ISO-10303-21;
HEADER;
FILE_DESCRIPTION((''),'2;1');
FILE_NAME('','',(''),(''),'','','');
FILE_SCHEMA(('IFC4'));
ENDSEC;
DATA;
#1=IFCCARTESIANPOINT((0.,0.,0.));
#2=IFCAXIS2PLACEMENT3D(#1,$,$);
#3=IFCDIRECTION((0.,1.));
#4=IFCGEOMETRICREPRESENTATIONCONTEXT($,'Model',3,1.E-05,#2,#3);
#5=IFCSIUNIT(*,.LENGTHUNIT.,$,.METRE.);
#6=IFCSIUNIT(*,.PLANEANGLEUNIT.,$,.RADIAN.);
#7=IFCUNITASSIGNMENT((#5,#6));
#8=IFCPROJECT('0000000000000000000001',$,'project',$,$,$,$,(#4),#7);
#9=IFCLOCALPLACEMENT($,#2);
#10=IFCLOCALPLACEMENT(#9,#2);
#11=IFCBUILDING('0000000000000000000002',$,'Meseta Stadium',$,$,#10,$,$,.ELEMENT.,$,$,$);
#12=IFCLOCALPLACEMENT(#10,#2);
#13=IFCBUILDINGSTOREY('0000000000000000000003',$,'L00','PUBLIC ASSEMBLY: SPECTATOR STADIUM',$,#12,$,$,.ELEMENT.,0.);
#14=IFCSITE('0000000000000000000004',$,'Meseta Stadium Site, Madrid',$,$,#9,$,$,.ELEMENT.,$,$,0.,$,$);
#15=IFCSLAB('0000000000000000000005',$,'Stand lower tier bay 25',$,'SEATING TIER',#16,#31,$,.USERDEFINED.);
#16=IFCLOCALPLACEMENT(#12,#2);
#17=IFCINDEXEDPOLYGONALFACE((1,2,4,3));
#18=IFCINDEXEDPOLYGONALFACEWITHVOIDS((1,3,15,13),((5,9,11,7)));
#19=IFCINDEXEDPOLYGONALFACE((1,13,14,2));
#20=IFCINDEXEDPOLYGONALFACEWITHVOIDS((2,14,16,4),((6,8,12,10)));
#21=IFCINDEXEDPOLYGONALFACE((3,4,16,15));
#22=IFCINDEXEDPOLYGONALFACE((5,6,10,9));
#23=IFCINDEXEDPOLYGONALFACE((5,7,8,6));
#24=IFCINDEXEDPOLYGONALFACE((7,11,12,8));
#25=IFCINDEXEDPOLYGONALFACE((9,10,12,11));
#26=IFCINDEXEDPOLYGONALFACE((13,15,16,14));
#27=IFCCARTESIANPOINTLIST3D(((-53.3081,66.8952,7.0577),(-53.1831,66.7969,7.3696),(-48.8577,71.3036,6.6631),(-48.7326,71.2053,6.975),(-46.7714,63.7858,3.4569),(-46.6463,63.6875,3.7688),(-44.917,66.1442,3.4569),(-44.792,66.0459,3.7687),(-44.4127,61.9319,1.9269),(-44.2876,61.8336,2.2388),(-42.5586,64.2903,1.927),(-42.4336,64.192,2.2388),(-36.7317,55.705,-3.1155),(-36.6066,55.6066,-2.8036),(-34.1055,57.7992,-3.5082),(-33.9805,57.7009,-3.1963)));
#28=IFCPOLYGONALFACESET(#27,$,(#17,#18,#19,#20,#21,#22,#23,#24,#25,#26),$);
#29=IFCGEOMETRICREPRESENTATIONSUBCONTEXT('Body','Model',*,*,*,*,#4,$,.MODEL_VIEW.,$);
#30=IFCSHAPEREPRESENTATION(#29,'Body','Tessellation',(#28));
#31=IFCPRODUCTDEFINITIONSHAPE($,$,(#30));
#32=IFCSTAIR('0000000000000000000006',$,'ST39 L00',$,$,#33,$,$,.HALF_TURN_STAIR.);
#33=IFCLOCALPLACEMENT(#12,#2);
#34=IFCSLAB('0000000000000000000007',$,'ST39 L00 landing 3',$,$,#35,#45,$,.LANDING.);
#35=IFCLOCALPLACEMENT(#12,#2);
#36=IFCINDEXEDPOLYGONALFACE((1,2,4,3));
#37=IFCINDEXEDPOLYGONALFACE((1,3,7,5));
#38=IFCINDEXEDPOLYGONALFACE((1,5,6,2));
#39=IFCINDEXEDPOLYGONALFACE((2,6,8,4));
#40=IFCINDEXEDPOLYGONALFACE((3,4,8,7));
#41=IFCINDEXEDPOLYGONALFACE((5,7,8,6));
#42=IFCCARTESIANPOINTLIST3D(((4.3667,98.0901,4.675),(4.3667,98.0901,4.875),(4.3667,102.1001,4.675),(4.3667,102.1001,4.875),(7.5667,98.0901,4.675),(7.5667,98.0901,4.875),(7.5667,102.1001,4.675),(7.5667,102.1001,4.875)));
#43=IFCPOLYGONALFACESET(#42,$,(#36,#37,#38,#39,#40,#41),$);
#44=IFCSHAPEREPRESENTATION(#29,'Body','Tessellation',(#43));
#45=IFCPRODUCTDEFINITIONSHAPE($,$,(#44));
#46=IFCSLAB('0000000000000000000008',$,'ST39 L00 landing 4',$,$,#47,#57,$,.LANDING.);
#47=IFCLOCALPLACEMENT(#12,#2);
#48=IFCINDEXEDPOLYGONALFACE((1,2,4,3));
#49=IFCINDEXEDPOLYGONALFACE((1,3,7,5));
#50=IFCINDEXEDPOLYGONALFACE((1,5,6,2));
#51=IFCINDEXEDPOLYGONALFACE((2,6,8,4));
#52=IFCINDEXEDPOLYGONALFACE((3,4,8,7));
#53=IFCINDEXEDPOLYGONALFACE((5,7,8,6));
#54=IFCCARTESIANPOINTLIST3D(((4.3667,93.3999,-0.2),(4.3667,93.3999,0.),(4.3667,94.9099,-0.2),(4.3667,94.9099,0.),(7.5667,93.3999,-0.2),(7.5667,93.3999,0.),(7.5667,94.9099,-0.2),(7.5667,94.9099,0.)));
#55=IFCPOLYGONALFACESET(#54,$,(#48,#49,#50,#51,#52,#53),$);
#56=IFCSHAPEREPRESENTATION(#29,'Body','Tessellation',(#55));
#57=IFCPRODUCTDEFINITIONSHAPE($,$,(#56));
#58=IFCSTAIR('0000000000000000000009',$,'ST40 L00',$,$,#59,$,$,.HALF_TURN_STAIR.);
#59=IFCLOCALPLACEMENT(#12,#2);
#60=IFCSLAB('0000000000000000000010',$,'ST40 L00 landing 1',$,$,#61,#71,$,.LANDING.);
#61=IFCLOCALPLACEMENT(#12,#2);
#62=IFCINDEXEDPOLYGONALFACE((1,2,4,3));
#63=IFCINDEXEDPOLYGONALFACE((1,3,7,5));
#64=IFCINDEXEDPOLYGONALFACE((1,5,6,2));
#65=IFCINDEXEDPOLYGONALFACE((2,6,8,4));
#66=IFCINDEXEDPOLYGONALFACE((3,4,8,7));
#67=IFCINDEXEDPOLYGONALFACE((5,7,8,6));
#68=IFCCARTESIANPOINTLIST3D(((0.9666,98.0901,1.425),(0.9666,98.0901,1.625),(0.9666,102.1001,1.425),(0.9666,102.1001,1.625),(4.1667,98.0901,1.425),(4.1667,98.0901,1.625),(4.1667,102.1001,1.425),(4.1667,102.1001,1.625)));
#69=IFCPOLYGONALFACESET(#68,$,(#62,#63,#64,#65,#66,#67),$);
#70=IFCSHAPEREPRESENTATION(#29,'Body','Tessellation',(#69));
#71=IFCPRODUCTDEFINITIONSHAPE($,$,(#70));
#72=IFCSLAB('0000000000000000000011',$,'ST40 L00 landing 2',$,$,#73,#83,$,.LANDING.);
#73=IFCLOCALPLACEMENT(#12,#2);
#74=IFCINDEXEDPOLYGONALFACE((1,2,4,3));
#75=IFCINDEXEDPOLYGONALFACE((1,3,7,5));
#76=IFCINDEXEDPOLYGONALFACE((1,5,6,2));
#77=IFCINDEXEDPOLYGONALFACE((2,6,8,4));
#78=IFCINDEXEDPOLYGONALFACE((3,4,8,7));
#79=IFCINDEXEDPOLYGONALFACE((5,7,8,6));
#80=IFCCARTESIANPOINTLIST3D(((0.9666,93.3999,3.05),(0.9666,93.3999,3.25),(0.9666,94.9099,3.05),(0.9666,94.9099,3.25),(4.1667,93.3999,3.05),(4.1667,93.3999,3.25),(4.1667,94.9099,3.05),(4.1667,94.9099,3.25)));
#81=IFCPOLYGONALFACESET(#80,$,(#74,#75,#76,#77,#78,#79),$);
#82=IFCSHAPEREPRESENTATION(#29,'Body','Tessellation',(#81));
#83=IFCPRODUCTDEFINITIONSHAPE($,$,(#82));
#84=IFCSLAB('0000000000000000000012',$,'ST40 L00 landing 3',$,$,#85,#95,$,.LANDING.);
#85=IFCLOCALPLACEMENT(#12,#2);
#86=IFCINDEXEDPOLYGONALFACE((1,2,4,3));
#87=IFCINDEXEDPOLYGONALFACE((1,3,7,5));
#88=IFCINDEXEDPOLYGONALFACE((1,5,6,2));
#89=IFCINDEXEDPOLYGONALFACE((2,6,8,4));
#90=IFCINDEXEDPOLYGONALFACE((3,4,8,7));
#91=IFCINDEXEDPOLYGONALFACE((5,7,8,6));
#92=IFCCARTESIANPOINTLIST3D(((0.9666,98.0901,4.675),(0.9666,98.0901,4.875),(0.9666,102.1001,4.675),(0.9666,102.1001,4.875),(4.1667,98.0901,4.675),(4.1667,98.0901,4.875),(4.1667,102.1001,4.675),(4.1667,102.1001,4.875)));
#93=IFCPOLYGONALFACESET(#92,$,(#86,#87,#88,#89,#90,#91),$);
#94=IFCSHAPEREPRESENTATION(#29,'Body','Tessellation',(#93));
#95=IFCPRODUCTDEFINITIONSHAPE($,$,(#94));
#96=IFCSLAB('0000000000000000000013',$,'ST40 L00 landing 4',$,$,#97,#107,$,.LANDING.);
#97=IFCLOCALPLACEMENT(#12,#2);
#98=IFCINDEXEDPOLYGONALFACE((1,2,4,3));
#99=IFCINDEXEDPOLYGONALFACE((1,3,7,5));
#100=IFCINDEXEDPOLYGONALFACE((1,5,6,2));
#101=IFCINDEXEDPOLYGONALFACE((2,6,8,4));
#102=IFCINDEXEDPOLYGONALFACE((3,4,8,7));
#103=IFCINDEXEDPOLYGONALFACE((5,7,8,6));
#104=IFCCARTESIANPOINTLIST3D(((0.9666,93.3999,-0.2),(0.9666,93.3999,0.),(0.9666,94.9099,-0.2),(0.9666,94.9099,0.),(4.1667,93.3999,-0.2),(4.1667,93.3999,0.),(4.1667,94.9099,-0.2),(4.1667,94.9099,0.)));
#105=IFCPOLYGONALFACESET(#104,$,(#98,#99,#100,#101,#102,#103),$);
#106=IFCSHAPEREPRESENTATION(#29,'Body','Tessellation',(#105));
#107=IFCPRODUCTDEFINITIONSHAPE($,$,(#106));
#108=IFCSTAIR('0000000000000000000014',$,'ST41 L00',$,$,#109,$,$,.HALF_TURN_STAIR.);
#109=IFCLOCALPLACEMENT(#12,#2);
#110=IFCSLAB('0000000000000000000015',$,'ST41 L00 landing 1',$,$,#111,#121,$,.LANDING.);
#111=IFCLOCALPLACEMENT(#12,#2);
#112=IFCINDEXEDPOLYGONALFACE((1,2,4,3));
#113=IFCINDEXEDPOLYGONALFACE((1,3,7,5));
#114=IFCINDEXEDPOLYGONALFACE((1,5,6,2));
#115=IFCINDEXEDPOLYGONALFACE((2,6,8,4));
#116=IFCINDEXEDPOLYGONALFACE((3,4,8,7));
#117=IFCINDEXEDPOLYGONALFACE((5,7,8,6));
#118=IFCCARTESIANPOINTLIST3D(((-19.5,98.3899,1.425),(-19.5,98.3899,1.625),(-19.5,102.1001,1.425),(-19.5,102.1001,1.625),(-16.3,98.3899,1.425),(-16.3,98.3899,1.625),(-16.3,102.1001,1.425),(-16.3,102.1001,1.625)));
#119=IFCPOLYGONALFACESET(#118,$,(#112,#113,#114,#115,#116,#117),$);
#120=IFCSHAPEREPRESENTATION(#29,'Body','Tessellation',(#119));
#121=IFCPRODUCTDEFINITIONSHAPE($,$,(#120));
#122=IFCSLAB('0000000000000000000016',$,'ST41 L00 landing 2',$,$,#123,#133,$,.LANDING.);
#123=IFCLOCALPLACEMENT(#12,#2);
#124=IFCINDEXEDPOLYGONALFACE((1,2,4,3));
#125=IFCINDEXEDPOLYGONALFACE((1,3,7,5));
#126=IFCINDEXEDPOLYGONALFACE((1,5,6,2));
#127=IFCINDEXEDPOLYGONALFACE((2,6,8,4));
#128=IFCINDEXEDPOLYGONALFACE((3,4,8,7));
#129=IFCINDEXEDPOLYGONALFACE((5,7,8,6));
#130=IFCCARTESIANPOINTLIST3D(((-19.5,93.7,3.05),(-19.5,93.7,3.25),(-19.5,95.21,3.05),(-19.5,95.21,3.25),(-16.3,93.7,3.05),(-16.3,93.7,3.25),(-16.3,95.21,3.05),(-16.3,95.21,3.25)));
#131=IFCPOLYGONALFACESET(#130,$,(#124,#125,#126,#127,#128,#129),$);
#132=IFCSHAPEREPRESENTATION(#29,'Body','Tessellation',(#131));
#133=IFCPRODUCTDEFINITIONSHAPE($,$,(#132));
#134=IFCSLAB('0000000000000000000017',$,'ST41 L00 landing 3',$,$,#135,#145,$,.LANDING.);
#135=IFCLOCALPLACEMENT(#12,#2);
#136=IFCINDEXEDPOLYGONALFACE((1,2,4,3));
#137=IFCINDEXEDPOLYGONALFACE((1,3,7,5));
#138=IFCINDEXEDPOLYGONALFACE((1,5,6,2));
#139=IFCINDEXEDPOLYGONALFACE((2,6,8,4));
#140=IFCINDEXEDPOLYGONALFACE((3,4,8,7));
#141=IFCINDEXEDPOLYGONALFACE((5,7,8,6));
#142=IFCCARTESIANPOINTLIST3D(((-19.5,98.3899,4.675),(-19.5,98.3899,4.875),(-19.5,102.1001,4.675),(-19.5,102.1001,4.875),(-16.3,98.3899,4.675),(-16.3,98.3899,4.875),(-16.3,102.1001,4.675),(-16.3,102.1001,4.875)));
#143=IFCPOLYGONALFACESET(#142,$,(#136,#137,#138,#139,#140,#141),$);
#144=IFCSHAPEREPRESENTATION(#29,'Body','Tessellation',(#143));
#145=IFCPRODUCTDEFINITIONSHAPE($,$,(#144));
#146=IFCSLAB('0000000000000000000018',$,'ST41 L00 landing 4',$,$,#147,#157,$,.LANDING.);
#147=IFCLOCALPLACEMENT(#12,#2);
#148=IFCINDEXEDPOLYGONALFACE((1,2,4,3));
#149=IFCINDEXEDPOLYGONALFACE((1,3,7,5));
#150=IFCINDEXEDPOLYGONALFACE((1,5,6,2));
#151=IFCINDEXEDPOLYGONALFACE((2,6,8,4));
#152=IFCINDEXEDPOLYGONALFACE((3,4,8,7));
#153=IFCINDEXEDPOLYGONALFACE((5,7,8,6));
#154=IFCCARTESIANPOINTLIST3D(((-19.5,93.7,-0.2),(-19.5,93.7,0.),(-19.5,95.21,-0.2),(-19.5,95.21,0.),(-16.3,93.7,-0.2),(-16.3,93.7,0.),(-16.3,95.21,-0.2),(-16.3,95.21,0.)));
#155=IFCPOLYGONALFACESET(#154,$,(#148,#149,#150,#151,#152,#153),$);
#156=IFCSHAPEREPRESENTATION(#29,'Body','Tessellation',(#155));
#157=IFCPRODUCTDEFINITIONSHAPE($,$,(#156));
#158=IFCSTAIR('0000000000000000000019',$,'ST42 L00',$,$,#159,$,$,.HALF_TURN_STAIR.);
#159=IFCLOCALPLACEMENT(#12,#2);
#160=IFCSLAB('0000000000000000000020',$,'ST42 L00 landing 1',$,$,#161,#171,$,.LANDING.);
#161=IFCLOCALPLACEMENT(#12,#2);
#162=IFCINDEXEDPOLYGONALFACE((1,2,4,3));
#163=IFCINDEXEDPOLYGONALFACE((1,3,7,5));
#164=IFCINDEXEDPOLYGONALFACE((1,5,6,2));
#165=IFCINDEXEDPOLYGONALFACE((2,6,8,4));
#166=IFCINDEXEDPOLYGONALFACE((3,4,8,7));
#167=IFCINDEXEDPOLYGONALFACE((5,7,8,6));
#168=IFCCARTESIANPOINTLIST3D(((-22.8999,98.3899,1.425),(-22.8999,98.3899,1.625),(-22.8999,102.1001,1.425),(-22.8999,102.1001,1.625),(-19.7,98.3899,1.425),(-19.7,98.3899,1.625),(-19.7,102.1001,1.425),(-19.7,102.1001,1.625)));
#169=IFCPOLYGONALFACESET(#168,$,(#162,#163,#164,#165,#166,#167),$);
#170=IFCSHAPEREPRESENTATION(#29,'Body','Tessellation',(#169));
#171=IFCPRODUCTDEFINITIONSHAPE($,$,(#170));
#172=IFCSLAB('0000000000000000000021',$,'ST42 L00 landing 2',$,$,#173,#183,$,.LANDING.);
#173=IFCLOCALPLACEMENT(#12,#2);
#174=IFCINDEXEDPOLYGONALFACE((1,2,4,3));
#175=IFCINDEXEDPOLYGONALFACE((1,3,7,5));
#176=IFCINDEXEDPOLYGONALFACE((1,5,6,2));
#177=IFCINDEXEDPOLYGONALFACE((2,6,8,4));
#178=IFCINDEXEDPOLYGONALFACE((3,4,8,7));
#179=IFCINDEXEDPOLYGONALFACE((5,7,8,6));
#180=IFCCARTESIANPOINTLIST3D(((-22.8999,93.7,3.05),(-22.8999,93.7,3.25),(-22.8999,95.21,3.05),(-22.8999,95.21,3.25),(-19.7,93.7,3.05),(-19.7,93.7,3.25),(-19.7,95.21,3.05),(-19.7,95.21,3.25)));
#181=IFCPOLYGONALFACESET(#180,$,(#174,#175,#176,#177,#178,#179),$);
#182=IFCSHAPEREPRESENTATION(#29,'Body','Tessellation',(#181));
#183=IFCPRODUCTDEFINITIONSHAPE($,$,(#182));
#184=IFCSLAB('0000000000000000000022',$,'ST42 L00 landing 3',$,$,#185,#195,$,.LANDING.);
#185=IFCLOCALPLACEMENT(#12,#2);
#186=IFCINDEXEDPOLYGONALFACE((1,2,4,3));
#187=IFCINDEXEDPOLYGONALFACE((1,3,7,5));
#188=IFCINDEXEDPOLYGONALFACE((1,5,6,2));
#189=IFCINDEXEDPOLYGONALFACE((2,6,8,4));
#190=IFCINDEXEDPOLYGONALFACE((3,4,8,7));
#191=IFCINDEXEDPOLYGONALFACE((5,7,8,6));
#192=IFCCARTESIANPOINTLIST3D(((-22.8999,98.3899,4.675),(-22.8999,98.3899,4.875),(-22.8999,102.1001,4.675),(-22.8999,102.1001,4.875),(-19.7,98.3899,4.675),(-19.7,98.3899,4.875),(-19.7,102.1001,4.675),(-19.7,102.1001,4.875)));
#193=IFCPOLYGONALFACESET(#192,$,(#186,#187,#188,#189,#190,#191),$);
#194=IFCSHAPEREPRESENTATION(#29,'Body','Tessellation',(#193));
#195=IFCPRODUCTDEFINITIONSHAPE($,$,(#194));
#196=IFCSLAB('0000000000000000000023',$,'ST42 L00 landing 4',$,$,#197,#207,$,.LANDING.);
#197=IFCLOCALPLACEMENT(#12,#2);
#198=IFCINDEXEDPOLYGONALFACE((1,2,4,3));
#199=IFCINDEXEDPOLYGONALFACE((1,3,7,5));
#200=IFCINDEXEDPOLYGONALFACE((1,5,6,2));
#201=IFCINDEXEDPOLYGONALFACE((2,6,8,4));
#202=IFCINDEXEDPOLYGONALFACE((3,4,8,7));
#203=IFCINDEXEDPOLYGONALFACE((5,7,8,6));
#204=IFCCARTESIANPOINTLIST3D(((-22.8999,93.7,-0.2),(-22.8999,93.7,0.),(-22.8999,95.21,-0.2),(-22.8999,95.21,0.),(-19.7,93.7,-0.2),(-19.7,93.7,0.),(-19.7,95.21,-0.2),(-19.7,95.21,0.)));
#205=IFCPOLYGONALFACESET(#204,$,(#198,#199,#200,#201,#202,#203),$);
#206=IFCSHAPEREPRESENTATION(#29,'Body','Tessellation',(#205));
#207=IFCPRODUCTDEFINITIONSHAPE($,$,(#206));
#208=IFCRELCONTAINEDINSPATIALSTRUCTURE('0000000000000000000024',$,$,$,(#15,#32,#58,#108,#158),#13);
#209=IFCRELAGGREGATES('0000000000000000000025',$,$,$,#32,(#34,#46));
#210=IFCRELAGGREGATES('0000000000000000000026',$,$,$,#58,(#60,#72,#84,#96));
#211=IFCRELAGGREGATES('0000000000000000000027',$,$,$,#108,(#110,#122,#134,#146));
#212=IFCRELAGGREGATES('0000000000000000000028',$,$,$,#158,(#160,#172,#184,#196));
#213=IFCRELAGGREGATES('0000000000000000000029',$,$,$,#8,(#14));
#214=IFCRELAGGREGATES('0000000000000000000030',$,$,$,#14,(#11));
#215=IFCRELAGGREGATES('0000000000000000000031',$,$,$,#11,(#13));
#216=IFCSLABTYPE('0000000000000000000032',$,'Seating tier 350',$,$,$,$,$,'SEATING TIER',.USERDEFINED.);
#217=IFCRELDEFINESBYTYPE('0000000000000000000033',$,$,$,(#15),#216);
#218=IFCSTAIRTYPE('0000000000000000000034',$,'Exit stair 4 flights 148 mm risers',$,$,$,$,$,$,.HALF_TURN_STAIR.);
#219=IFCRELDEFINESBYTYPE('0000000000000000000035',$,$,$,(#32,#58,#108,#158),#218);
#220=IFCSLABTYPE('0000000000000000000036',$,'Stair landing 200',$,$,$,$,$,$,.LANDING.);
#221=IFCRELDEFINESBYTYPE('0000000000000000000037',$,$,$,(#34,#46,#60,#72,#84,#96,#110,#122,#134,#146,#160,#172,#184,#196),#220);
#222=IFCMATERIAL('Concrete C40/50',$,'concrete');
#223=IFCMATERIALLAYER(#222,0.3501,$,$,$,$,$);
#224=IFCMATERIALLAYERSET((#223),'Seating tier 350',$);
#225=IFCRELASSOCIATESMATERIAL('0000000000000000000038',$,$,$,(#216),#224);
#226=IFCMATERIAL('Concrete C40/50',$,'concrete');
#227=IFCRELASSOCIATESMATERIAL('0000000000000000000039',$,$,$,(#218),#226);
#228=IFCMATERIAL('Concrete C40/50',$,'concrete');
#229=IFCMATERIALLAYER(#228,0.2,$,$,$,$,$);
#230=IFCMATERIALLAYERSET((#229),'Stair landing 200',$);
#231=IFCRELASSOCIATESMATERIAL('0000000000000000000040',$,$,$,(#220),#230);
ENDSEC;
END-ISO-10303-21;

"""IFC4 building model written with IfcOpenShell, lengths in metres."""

from ifc_helpers import new_model, si_unit, direction, frame, origin, place, context, subcontext, project, spatial, polyline, outline, extrude, material, layer, layer_set, type_object, element, aggregate, save


model = new_model("IFC4")

# Units and contexts
model_context = context("Model", 3, precision=1e-05, world=origin(), true_north=direction((0.0, 1.0)))
body_context = subcontext(model_context, "Body", "Model", "MODEL_VIEW")
ifc_project = project(units=[si_unit("LENGTHUNIT", "METRE"), si_unit("PLANEANGLEUNIT", "RADIAN")], contexts=[model_context])

# Site, building, storey
site_placement = place(None, origin())
site = spatial("IfcSite", under=ifc_project, at=site_placement, Name="Meseta Stadium Site, Madrid", CompositionType="ELEMENT", RefElevation=0.0)
building_placement = place(site_placement, origin())
building = spatial("IfcBuilding", under=site, at=building_placement, Name="Meseta Stadium", CompositionType="ELEMENT")
storey_placement = place(building_placement, origin())
storey = spatial("IfcBuildingStorey", under=building, at=storey_placement, Name="L00", Description="PUBLIC ASSEMBLY: SPECTATOR STADIUM", CompositionType="ELEMENT", Elevation=0.0)

# Slab
ifc_material_1 = material(Name="Concrete C40/50", Category="concrete")
ifc_layer_1 = layer(ifc_material_1, 0.3501)
ifc_layer_set_1 = layer_set([ifc_layer_1], Name="Seating tier 350")
slab_type_1 = type_object("IfcSlabType", Name="Seating tier 350", ElementType="SEATING TIER", PredefinedType="USERDEFINED", material=ifc_layer_set_1)
slab_1_placement = place(storey_placement, frame((-33.9805, 57.7009, -3.1963), z_axis=(0.357151, -0.280812, 0.890835), x_axis=(-0.657473, 0.601861, 0.453313)))
element("IfcSlab", 1, at=slab_1_placement, inside=storey, type_object=slab_type_1, Name="Stand lower tier bay 25", ObjectType="SEATING TIER", PredefinedType="USERDEFINED", context=body_context, shape_type="SweptSolid", body=[
    extrude(outline(polyline([(0.0, 0.0), (22.4376, 0.0), (22.8894, 6.2604), (0.6442, 3.3199), (0.0, 0.0)]), holes=[polyline([(11.9282, 0.9204), (15.2881, 1.1455), (15.0879, 4.1389), (11.7278, 3.9136), (11.9282, 0.9204)])]), origin(), (0.0, 0.0, -1.0), 0.3501),
])

# Stairs, slabs
ifc_material_2 = material(Name="Concrete C40/50", Category="concrete")
stair_type = type_object("IfcStairType", Name="Exit stair 4 flights 148 mm risers", PredefinedType="HALF_TURN_STAIR", material=ifc_material_2)
stair_1_placement = place(storey_placement, origin())
stair_1 = element("IfcStair", 2, at=stair_1_placement, inside=storey, type_object=stair_type, Name="ST39 L00", PredefinedType="HALF_TURN_STAIR")
ifc_material_3 = material(Name="Concrete C40/50", Category="concrete")
ifc_layer_2 = layer(ifc_material_3, 0.2)
ifc_layer_set_2 = layer_set([ifc_layer_2], Name="Stair landing 200")
slab_type_2 = type_object("IfcSlabType", Name="Stair landing 200", PredefinedType="LANDING", material=ifc_layer_set_2)
slab_2_placement = place(storey_placement, frame((0.0, 0.0, 4.675)))
slab_2 = element("IfcSlab", 3, at=slab_2_placement, type_object=slab_type_2, Name="ST39 L00 landing 3", PredefinedType="LANDING", context=body_context, shape_type="SweptSolid", body=[
    extrude(outline(polyline([(7.5667, 98.0901), (7.5667, 102.1001), (4.3667, 102.1001), (4.3667, 98.0901), (7.5667, 98.0901)])), origin(), (0.0, 0.0, 1.0), 0.2),
])
slab_3_placement = place(storey_placement, frame((0.0, 0.0, -0.2)))
slab_3 = element("IfcSlab", 4, at=slab_3_placement, type_object=slab_type_2, Name="ST39 L00 landing 4", PredefinedType="LANDING", context=body_context, shape_type="SweptSolid", body=[
    extrude(outline(polyline([(7.5667, 93.3999), (7.5667, 94.9099), (4.3667, 94.9099), (4.3667, 93.3999), (7.5667, 93.3999)])), origin(), (0.0, 0.0, 1.0), 0.2),
])
aggregate(stair_1, [slab_2, slab_3])
stair_2_placement = place(storey_placement, origin())
stair_2 = element("IfcStair", 5, at=stair_2_placement, inside=storey, type_object=stair_type, Name="ST40 L00", PredefinedType="HALF_TURN_STAIR")
slab_4_placement = place(storey_placement, frame((0.0, 0.0, 1.425)))
slab_4 = element("IfcSlab", 6, at=slab_4_placement, type_object=slab_type_2, Name="ST40 L00 landing 1", PredefinedType="LANDING", context=body_context, shape_type="SweptSolid", body=[
    extrude(outline(polyline([(4.1667, 98.0901), (4.1667, 102.1001), (0.9666, 102.1001), (0.9666, 98.0901), (4.1667, 98.0901)])), origin(), (0.0, 0.0, 1.0), 0.2),
])
slab_5_placement = place(storey_placement, frame((0.0, 0.0, 3.05)))
slab_5 = element("IfcSlab", 7, at=slab_5_placement, type_object=slab_type_2, Name="ST40 L00 landing 2", PredefinedType="LANDING", context=body_context, shape_type="SweptSolid", body=[
    extrude(outline(polyline([(4.1667, 93.3999), (4.1667, 94.9099), (0.9666, 94.9099), (0.9666, 93.3999), (4.1667, 93.3999)])), origin(), (0.0, 0.0, 1.0), 0.2),
])
slab_6_placement = place(storey_placement, frame((0.0, 0.0, 4.675)))
slab_6 = element("IfcSlab", 8, at=slab_6_placement, type_object=slab_type_2, Name="ST40 L00 landing 3", PredefinedType="LANDING", context=body_context, shape_type="SweptSolid", body=[
    extrude(outline(polyline([(4.1667, 98.0901), (4.1667, 102.1001), (0.9666, 102.1001), (0.9666, 98.0901), (4.1667, 98.0901)])), origin(), (0.0, 0.0, 1.0), 0.2),
])
slab_7_placement = place(storey_placement, frame((0.0, 0.0, -0.2)))
slab_7 = element("IfcSlab", 9, at=slab_7_placement, type_object=slab_type_2, Name="ST40 L00 landing 4", PredefinedType="LANDING", context=body_context, shape_type="SweptSolid", body=[
    extrude(outline(polyline([(4.1667, 93.3999), (4.1667, 94.9099), (0.9666, 94.9099), (0.9666, 93.3999), (4.1667, 93.3999)])), origin(), (0.0, 0.0, 1.0), 0.2),
])
aggregate(stair_2, [slab_4, slab_5, slab_6, slab_7])
stair_3_placement = place(storey_placement, origin())
stair_3 = element("IfcStair", 10, at=stair_3_placement, inside=storey, type_object=stair_type, Name="ST41 L00", PredefinedType="HALF_TURN_STAIR")
slab_8_placement = place(storey_placement, frame((0.0, 0.0, 1.425)))
slab_8 = element("IfcSlab", 11, at=slab_8_placement, type_object=slab_type_2, Name="ST41 L00 landing 1", PredefinedType="LANDING", context=body_context, shape_type="SweptSolid", body=[
    extrude(outline(polyline([(-16.3, 98.3899), (-16.3, 102.1001), (-19.5, 102.1001), (-19.5, 98.3899), (-16.3, 98.3899)])), origin(), (0.0, 0.0, 1.0), 0.2),
])
slab_9_placement = place(storey_placement, frame((0.0, 0.0, 3.05)))
slab_9 = element("IfcSlab", 12, at=slab_9_placement, type_object=slab_type_2, Name="ST41 L00 landing 2", PredefinedType="LANDING", context=body_context, shape_type="SweptSolid", body=[
    extrude(outline(polyline([(-16.3, 93.7), (-16.3, 95.21), (-19.5, 95.21), (-19.5, 93.7), (-16.3, 93.7)])), origin(), (0.0, 0.0, 1.0), 0.2),
])
slab_10_placement = place(storey_placement, frame((0.0, 0.0, 4.675)))
slab_10 = element("IfcSlab", 13, at=slab_10_placement, type_object=slab_type_2, Name="ST41 L00 landing 3", PredefinedType="LANDING", context=body_context, shape_type="SweptSolid", body=[
    extrude(outline(polyline([(-16.3, 98.3899), (-16.3, 102.1001), (-19.5, 102.1001), (-19.5, 98.3899), (-16.3, 98.3899)])), origin(), (0.0, 0.0, 1.0), 0.2),
])
slab_11_placement = place(storey_placement, frame((0.0, 0.0, -0.2)))
slab_11 = element("IfcSlab", 14, at=slab_11_placement, type_object=slab_type_2, Name="ST41 L00 landing 4", PredefinedType="LANDING", context=body_context, shape_type="SweptSolid", body=[
    extrude(outline(polyline([(-16.3, 93.7), (-16.3, 95.21), (-19.5, 95.21), (-19.5, 93.7), (-16.3, 93.7)])), origin(), (0.0, 0.0, 1.0), 0.2),
])
aggregate(stair_3, [slab_8, slab_9, slab_10, slab_11])
stair_4_placement = place(storey_placement, origin())
stair_4 = element("IfcStair", 15, at=stair_4_placement, inside=storey, type_object=stair_type, Name="ST42 L00", PredefinedType="HALF_TURN_STAIR")
slab_12_placement = place(storey_placement, frame((0.0, 0.0, 1.425)))
slab_12 = element("IfcSlab", 16, at=slab_12_placement, type_object=slab_type_2, Name="ST42 L00 landing 1", PredefinedType="LANDING", context=body_context, shape_type="SweptSolid", body=[
    extrude(outline(polyline([(-19.7, 98.3899), (-19.7, 102.1001), (-22.8999, 102.1001), (-22.8999, 98.3899), (-19.7, 98.3899)])), origin(), (0.0, 0.0, 1.0), 0.2),
])
slab_13_placement = place(storey_placement, frame((0.0, 0.0, 3.05)))
slab_13 = element("IfcSlab", 17, at=slab_13_placement, type_object=slab_type_2, Name="ST42 L00 landing 2", PredefinedType="LANDING", context=body_context, shape_type="SweptSolid", body=[
    extrude(outline(polyline([(-19.7, 93.7), (-19.7, 95.21), (-22.8999, 95.21), (-22.8999, 93.7), (-19.7, 93.7)])), origin(), (0.0, 0.0, 1.0), 0.2),
])
slab_14_placement = place(storey_placement, frame((0.0, 0.0, 4.675)))
slab_14 = element("IfcSlab", 18, at=slab_14_placement, type_object=slab_type_2, Name="ST42 L00 landing 3", PredefinedType="LANDING", context=body_context, shape_type="SweptSolid", body=[
    extrude(outline(polyline([(-19.7, 98.3899), (-19.7, 102.1001), (-22.8999, 102.1001), (-22.8999, 98.3899), (-19.7, 98.3899)])), origin(), (0.0, 0.0, 1.0), 0.2),
])
slab_15_placement = place(storey_placement, frame((0.0, 0.0, -0.2)))
slab_15 = element("IfcSlab", 19, at=slab_15_placement, type_object=slab_type_2, Name="ST42 L00 landing 4", PredefinedType="LANDING", context=body_context, shape_type="SweptSolid", body=[
    extrude(outline(polyline([(-19.7, 93.7), (-19.7, 95.21), (-22.8999, 95.21), (-22.8999, 93.7), (-19.7, 93.7)])), origin(), (0.0, 0.0, 1.0), 0.2),
])
aggregate(stair_4, [slab_12, slab_13, slab_14, slab_15])

save(model, "model.ifc")
